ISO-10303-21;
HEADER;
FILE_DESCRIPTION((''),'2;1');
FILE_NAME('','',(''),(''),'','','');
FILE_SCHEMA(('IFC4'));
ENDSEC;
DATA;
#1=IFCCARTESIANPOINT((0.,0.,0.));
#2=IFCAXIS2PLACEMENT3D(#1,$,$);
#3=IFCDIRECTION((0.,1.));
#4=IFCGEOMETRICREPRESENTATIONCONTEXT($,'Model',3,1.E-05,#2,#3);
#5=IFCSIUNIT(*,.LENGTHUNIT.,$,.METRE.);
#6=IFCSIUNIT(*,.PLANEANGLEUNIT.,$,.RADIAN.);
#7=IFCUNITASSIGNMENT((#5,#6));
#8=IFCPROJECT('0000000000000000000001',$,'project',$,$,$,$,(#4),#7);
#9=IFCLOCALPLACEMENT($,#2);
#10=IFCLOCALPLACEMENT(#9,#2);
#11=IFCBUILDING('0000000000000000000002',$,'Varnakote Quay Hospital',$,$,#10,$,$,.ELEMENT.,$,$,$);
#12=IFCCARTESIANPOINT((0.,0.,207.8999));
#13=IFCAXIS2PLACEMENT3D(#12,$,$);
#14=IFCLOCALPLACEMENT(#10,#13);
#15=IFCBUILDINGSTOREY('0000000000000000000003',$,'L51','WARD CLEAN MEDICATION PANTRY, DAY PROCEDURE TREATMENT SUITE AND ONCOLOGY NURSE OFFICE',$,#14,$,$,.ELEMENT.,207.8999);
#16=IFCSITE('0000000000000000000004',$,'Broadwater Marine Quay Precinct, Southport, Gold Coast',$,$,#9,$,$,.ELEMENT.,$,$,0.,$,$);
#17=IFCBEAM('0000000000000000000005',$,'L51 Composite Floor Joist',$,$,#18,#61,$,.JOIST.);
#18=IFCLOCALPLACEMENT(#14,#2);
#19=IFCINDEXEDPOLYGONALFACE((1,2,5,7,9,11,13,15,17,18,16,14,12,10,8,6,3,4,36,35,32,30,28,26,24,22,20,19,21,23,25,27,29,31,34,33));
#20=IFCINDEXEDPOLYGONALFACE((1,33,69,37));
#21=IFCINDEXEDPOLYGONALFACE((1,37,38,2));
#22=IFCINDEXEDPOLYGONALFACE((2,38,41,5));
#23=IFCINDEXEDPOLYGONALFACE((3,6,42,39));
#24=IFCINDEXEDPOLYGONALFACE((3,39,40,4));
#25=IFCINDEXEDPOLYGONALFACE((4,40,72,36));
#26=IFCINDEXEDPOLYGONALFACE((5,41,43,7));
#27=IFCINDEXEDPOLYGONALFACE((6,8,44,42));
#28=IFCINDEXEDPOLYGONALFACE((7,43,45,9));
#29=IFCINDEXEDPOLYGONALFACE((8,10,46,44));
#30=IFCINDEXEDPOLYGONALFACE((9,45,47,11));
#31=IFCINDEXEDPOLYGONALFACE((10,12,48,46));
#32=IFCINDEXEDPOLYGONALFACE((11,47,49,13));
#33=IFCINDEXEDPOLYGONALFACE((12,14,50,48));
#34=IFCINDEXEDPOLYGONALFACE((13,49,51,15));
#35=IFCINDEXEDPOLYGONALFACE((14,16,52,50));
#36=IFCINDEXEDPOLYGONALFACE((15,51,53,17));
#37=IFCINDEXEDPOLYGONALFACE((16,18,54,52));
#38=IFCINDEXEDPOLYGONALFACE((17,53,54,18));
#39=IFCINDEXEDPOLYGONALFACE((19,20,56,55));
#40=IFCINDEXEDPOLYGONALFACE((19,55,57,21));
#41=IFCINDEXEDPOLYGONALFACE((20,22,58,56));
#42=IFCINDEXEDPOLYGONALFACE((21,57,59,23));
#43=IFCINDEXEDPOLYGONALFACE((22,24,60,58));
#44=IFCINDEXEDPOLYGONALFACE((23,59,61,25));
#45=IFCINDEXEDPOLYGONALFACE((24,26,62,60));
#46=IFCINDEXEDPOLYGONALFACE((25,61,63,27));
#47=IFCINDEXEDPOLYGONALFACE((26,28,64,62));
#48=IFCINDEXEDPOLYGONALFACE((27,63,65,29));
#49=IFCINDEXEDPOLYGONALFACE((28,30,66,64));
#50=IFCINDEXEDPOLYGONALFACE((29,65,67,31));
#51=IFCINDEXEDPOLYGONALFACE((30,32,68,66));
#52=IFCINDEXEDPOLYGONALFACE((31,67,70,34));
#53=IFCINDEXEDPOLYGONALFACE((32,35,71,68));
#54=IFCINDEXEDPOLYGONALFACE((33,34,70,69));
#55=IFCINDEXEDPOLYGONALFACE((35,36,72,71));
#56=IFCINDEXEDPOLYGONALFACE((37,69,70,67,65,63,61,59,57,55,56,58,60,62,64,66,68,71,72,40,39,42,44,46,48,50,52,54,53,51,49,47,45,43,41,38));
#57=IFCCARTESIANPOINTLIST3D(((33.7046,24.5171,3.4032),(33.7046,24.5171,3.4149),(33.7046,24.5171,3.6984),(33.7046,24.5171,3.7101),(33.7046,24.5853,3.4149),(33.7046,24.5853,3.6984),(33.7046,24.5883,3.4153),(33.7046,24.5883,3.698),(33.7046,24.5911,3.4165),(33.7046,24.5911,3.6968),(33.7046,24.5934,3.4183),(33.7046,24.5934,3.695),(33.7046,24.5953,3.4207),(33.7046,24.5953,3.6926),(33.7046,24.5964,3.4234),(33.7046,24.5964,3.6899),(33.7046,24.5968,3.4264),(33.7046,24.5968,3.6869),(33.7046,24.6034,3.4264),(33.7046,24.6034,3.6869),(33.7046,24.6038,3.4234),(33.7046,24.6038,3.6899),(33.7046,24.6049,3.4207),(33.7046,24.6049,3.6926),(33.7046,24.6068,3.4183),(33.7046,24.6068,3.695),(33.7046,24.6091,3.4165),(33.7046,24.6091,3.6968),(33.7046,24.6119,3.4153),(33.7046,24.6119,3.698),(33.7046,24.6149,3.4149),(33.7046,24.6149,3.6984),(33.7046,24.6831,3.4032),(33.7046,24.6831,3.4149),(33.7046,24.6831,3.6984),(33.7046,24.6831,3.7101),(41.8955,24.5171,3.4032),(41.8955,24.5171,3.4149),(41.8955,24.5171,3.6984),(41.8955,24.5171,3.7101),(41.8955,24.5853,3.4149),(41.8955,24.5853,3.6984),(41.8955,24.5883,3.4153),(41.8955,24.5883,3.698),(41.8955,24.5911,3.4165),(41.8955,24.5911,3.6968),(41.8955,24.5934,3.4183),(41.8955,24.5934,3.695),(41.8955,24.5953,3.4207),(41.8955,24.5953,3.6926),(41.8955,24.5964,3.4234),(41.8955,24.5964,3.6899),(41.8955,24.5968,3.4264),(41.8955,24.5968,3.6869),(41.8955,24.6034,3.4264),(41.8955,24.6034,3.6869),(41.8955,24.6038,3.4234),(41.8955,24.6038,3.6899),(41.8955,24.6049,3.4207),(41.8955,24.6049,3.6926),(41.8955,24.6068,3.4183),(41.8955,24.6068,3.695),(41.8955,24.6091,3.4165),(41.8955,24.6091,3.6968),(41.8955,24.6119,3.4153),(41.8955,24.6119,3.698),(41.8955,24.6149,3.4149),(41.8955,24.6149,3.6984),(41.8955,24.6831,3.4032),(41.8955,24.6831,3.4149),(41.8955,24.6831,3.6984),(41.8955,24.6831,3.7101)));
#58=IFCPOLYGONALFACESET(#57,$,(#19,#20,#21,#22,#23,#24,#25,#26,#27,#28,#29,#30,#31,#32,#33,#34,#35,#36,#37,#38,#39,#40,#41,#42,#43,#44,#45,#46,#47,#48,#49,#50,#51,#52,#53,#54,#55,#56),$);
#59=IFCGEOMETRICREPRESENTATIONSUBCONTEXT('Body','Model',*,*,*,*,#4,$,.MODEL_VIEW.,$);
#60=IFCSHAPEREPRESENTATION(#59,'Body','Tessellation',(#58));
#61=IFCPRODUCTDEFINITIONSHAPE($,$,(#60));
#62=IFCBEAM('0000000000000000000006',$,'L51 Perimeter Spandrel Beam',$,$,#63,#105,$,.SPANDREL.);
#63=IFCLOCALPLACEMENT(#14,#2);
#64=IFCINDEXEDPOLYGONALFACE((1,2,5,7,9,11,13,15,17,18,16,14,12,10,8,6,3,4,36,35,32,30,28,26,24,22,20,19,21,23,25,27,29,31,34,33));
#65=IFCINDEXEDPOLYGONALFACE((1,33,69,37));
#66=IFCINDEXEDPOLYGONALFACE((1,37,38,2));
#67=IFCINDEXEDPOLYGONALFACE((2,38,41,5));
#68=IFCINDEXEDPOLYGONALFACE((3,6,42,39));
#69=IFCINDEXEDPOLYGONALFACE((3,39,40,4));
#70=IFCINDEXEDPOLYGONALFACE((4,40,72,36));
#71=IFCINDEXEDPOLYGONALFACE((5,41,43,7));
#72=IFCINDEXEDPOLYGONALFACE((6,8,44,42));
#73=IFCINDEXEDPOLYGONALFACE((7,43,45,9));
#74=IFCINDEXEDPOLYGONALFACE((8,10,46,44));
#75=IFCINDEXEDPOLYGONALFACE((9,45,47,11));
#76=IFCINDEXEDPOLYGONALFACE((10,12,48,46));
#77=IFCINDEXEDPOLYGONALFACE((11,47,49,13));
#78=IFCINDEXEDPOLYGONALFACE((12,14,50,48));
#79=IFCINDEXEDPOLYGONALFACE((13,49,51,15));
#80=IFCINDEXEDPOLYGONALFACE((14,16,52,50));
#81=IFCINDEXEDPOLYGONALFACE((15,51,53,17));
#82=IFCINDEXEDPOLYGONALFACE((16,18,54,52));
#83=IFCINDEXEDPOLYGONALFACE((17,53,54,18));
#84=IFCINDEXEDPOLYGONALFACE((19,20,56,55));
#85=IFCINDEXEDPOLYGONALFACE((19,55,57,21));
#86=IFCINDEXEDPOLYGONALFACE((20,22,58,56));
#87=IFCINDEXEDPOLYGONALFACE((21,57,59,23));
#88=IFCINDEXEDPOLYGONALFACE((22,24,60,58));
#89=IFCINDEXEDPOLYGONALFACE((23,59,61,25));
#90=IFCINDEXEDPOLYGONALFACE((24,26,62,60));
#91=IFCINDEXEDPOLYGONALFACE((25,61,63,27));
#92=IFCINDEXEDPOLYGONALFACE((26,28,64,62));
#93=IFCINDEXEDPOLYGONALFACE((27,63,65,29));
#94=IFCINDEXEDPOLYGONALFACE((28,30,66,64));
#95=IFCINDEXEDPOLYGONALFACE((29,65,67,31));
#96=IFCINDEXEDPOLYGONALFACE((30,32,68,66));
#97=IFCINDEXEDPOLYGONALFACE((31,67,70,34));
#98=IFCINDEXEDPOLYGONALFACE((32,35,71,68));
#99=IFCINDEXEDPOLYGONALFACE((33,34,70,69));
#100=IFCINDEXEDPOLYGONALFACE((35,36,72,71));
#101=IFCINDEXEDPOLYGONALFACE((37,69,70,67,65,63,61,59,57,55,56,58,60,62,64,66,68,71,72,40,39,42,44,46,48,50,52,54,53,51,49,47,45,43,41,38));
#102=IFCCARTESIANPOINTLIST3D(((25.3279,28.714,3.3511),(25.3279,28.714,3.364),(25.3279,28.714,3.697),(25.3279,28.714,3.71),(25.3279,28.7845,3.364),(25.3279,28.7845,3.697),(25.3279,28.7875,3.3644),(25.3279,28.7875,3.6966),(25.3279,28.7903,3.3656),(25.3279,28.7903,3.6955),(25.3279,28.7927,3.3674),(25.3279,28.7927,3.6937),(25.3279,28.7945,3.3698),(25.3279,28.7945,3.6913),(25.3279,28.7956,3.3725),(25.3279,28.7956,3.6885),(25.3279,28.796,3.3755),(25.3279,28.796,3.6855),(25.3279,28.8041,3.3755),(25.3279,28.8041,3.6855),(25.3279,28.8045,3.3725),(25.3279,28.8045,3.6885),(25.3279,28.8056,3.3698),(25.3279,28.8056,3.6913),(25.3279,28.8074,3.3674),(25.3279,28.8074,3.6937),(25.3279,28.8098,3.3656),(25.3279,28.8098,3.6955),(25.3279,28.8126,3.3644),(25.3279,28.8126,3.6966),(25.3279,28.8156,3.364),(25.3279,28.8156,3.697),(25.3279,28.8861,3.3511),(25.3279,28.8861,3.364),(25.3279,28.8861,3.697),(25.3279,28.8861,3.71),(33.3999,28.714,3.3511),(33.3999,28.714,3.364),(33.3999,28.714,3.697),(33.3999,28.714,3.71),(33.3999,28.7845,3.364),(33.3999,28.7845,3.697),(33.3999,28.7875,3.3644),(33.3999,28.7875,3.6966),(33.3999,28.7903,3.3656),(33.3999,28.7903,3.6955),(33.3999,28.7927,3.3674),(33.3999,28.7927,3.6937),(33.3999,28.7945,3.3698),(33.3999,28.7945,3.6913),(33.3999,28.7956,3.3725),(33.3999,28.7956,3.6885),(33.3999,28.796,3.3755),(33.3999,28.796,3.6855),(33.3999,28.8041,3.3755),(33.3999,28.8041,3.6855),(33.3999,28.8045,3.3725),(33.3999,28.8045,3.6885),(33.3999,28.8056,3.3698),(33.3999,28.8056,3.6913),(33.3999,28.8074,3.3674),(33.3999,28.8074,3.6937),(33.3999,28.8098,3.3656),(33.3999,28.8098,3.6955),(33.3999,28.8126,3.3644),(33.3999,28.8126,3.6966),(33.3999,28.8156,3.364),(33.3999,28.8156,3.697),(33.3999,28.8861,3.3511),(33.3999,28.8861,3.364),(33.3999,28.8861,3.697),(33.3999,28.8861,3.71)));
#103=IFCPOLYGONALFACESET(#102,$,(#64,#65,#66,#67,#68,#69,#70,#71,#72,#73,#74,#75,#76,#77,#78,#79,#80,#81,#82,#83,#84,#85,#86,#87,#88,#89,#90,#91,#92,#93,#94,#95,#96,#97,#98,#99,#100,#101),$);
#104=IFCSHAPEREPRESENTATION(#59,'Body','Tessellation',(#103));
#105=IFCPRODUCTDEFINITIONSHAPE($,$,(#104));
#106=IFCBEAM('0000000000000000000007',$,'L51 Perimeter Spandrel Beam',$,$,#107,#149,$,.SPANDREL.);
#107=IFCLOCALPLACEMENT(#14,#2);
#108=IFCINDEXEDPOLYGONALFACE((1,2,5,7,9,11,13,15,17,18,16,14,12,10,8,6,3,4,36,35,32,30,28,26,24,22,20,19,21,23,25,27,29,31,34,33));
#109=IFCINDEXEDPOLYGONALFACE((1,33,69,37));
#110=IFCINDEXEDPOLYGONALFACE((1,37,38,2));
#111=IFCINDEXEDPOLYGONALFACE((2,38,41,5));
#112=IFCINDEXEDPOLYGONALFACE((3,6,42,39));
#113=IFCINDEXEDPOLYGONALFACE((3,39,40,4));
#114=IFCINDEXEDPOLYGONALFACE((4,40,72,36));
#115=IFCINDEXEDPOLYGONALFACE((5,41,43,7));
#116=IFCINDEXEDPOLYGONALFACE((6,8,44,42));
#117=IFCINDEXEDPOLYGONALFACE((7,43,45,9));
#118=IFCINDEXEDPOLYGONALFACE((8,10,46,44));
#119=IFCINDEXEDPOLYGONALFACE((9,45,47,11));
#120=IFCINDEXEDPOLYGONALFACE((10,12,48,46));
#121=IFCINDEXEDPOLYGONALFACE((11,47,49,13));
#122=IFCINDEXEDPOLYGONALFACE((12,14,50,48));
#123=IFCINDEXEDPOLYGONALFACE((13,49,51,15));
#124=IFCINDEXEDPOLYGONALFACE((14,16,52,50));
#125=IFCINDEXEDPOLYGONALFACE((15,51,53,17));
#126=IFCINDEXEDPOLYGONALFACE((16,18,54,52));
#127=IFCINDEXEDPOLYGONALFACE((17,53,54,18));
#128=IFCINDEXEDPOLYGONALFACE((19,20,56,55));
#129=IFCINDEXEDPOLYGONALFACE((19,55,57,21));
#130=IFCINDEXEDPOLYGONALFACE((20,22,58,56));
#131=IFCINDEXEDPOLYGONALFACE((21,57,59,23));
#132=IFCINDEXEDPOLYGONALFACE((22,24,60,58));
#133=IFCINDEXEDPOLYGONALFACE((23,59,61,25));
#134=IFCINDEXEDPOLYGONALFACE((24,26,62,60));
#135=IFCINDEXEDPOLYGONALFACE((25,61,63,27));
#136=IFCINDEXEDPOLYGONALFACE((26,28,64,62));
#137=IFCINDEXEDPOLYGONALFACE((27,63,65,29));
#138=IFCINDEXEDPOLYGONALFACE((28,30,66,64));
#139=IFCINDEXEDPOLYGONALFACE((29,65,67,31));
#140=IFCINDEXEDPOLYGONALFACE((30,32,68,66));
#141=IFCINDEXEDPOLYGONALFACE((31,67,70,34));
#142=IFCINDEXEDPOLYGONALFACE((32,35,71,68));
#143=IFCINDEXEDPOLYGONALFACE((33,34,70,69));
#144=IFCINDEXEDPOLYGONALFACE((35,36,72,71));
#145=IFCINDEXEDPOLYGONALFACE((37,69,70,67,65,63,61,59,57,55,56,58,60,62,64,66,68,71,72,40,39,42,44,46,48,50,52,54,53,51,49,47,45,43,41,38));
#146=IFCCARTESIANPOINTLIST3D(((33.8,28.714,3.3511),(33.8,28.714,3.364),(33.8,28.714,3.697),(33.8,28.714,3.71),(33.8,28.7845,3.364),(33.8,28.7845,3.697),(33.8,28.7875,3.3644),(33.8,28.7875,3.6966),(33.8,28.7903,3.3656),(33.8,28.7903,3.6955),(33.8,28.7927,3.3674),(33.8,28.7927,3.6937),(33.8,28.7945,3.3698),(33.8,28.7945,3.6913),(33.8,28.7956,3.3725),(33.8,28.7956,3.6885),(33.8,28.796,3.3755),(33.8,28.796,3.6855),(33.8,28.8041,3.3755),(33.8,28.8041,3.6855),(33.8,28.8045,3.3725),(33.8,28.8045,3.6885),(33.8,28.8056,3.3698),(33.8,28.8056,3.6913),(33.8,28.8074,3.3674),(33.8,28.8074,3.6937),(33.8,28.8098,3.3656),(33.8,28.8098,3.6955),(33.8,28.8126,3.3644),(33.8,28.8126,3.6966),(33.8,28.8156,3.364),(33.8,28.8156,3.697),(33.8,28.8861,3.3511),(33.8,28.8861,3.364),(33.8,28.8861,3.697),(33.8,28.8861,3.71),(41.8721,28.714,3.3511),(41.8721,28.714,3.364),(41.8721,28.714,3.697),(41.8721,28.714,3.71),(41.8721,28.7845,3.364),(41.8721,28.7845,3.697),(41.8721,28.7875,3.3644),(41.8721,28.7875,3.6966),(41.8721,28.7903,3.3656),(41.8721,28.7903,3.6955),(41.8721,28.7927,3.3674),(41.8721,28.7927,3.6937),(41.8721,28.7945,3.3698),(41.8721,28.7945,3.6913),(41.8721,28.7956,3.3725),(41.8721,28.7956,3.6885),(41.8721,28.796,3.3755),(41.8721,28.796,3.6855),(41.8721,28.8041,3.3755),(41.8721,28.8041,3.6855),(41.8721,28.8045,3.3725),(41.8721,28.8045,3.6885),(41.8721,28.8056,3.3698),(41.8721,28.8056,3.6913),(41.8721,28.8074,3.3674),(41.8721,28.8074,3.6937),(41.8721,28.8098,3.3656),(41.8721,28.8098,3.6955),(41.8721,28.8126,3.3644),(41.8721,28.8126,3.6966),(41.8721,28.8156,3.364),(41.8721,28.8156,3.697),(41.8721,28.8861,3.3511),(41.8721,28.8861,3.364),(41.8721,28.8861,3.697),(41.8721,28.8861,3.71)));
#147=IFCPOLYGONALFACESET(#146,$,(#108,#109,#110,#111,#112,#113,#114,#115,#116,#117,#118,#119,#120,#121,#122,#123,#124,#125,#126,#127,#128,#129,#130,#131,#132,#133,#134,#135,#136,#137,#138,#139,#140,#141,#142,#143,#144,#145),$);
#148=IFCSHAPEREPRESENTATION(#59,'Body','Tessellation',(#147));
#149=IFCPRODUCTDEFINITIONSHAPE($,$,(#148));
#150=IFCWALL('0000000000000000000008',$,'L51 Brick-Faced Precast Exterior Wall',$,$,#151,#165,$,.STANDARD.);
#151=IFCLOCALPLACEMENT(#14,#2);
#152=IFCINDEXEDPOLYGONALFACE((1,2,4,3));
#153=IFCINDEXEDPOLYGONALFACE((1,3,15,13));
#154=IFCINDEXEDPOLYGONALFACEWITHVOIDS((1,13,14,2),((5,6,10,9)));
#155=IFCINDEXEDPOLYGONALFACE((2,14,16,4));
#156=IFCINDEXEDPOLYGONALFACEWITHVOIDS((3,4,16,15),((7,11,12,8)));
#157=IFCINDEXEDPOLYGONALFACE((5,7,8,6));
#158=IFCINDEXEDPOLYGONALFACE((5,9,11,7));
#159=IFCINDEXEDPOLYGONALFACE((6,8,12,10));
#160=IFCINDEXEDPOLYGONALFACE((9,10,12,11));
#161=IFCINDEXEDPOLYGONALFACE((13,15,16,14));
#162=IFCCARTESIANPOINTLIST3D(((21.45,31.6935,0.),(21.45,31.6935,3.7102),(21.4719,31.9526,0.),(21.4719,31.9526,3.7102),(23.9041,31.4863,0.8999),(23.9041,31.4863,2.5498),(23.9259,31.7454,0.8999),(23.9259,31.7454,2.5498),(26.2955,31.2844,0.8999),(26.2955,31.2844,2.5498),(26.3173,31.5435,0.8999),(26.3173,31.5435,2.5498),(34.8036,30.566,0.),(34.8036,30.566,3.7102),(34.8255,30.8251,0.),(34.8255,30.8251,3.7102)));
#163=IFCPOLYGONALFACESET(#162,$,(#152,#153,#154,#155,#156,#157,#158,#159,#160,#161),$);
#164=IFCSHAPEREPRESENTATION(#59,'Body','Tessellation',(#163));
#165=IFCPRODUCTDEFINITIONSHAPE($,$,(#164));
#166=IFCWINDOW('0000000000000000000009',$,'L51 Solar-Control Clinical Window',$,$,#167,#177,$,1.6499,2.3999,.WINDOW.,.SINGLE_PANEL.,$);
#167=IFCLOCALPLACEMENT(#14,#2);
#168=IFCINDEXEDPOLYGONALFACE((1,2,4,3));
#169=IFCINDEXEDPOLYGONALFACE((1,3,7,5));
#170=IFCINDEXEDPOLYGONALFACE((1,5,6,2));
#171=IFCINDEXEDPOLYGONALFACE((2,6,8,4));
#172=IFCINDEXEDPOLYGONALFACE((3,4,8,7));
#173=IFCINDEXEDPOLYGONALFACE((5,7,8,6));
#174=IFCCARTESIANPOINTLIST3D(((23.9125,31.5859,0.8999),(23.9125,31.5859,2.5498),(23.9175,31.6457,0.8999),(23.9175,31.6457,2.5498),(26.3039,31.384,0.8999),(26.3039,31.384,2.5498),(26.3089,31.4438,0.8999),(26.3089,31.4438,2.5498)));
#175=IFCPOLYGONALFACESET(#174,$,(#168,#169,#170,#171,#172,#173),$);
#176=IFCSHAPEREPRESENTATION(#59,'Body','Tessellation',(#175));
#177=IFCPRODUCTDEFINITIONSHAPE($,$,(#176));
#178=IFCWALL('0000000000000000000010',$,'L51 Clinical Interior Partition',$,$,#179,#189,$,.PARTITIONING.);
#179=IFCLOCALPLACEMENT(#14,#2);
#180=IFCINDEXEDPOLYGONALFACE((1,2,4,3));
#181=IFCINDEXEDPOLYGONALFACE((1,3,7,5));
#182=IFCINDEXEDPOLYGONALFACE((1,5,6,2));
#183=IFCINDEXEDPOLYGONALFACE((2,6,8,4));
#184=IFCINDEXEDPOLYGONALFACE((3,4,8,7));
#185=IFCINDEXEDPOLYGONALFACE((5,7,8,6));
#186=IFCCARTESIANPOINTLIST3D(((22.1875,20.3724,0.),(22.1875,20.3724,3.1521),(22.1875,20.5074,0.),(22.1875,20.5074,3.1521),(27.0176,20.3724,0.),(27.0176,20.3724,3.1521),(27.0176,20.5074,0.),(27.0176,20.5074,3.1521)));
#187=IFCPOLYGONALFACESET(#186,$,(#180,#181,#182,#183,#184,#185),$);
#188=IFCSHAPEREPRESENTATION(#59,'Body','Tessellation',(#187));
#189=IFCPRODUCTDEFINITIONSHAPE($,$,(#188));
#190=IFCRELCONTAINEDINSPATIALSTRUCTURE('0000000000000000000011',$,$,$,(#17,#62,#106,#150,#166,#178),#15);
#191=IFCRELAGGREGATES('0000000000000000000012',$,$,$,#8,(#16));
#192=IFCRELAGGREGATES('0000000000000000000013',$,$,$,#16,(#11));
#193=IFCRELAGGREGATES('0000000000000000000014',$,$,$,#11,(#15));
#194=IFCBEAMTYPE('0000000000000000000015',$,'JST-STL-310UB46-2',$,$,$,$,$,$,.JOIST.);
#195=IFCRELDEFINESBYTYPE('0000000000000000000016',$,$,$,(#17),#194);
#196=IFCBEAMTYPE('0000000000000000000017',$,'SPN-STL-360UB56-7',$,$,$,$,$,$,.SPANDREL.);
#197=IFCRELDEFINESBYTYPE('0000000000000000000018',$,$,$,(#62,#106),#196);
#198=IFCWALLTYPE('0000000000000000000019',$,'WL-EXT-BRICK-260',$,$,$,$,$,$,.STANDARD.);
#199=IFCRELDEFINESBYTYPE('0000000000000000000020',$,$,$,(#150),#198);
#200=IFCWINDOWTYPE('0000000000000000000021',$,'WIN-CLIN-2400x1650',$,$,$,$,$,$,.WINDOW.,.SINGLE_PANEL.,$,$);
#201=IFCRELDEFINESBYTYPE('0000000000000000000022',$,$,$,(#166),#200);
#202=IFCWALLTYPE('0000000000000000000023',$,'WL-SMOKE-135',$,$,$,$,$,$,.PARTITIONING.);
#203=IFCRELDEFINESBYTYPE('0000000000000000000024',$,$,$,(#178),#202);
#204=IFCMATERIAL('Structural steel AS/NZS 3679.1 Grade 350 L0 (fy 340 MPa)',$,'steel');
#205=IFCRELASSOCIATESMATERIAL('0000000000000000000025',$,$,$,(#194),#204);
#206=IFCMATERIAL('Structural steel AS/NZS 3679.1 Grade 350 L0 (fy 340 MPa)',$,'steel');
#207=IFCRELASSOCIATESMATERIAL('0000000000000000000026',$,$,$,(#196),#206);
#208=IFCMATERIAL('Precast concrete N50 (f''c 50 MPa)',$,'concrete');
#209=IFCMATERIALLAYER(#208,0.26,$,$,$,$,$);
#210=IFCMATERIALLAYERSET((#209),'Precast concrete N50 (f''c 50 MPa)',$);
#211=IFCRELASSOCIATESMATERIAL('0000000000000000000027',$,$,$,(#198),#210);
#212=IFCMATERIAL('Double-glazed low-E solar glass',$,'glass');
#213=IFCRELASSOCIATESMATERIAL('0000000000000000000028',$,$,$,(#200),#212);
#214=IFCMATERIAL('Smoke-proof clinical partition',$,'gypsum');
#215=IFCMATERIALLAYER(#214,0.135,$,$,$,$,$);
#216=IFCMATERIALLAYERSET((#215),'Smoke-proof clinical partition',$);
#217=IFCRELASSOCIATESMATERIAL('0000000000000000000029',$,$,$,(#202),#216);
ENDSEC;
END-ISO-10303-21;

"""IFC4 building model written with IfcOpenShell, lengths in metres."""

from ifc_helpers import new_model, si_unit, direction, frame, frame_2d, origin, origin_2d, place, context, subcontext, project, spatial, rectangle, i_section, extrude, material, layer, layer_set, material_profile, profile_set, type_object, element, fill, save


model = new_model("IFC4")

# Units and contexts
model_context = context("Model", 3, precision=1e-05, world=origin(), true_north=direction((0.0, 1.0)))
body_context = subcontext(model_context, "Body", "Model", "MODEL_VIEW")
ifc_project = project(units=[si_unit("LENGTHUNIT", "METRE"), si_unit("PLANEANGLEUNIT", "RADIAN")], contexts=[model_context])

# Site, building, storey
site_placement = place(None, origin())
site = spatial("IfcSite", under=ifc_project, at=site_placement, Name="Broadwater Marine Quay Precinct, Southport, Gold Coast", CompositionType="ELEMENT", RefElevation=0.0)
building_placement = place(site_placement, origin())
building = spatial("IfcBuilding", under=site, at=building_placement, Name="Varnakote Quay Hospital", CompositionType="ELEMENT")
storey_placement = place(building_placement, frame((0.0, 0.0, 207.8999)))
storey = spatial("IfcBuildingStorey", under=building, at=storey_placement, Name="L51", Description="WARD CLEAN MEDICATION PANTRY, DAY PROCEDURE TREATMENT SUITE AND ONCOLOGY NURSE OFFICE", CompositionType="ELEMENT", Elevation=207.8999)

# Beams
ifc_material_1 = material(Name="Structural steel AS/NZS 3679.1 Grade 350 L0 (fy 340 MPa)", Category="steel")
ifc_material_profile_1 = material_profile(ifc_material_1, i_section(OverallWidth=0.166, OverallDepth=0.3069, WebThickness=0.0066, FlangeThickness=0.0117, FilletRadius=0.0115, at=origin_2d()), Name="310UB46.2")
ifc_profile_set_1 = profile_set([ifc_material_profile_1], Name="Structural steel AS/NZS 3679.1 Grade 350 L0 (fy 340 MPa)")
beam_type_1 = type_object("IfcBeamType", Name="JST-STL-310UB46-2", PredefinedType="JOIST", material=ifc_profile_set_1)
beam_1_placement = place(storey_placement, frame((33.7046, 24.6001, 3.5566), z_axis=(1.0, 0.0, 0.0), x_axis=(0.0, 1.0, 0.0)))
element("IfcBeam", 1, at=beam_1_placement, inside=storey, type_object=beam_type_1, Name="L51 Composite Floor Joist", PredefinedType="JOIST", context=body_context, shape_type="SweptSolid", body=[
    extrude(i_section(OverallWidth=0.166, OverallDepth=0.3069, WebThickness=0.0066, FlangeThickness=0.0117, FilletRadius=0.0115, at=origin_2d()), origin(), (0.0, 0.0, 1.0), 8.1909),
])
ifc_material_2 = material(Name="Structural steel AS/NZS 3679.1 Grade 350 L0 (fy 340 MPa)", Category="steel")
ifc_material_profile_2 = material_profile(ifc_material_2, i_section(OverallWidth=0.1721, OverallDepth=0.3589, WebThickness=0.0081, FlangeThickness=0.0129, FilletRadius=0.0115, at=origin_2d()), Name="360UB56.7")
ifc_profile_set_2 = profile_set([ifc_material_profile_2], Name="Structural steel AS/NZS 3679.1 Grade 350 L0 (fy 340 MPa)")
beam_type_2 = type_object("IfcBeamType", Name="SPN-STL-360UB56-7", PredefinedType="SPANDREL", material=ifc_profile_set_2)
for number, where, z_axis, x_axis, name in (
    (2, (25.3279, 28.8, 3.5305), (1.0, 0.0, 0.0), (0.0, 1.0, 0.0), "L51 Perimeter Spandrel Beam"),
    (3, (33.8, 28.8, 3.5305), (1.0, 0.0, 0.0), (0.0, 1.0, 0.0), "L51 Perimeter Spandrel Beam"),
):
    element("IfcBeam", number, at=place(storey_placement, frame(where, z_axis=z_axis, x_axis=x_axis)), inside=storey, type_object=beam_type_2, Name=name, PredefinedType="SPANDREL", context=body_context, shape_type="SweptSolid", body=[
        extrude(i_section(OverallWidth=0.1721, OverallDepth=0.3589, WebThickness=0.0081, FlangeThickness=0.0129, FilletRadius=0.0115, at=origin_2d()), origin(), (0.0, 0.0, 1.0), 8.072),
    ])

# Wall, opening, window
ifc_material_3 = material(Name="Precast concrete N50 (f'c 50 MPa)", Category="concrete")
ifc_layer_1 = layer(ifc_material_3, 0.26)
ifc_layer_set_1 = layer_set([ifc_layer_1], Name="Precast concrete N50 (f'c 50 MPa)")
wall_type_1 = type_object("IfcWallType", Name="WL-EXT-BRICK-260", PredefinedType="STANDARD", material=ifc_layer_set_1)
wall_1_placement = place(storey_placement, frame((34.8147, 30.6956, 0.0), z_axis=(0.0, 0.0, 1.0), x_axis=(-0.996455, 0.084131, 0.0)))
wall_1 = element("IfcWall", 4, at=wall_1_placement, inside=storey, type_object=wall_type_1, Name="L51 Brick-Faced Precast Exterior Wall", PredefinedType="STANDARD", context=body_context, shape_type="SweptSolid", body=[
    extrude(rectangle(XDim=13.4011, YDim=0.26, at=frame_2d((6.7007, 0.0))), origin(), (0.0, 0.0, 1.0), 3.7102),
])
opening_1_placement = place(wall_1_placement, frame((8.5386, 0.0, 0.8999)))
opening_1 = element("IfcOpeningElement", 5, at=opening_1_placement, cuts=wall_1, PredefinedType="OPENING", context=body_context, shape_type="SweptSolid", body=[
    extrude(rectangle(XDim=2.3999, YDim=1.6499, at=frame_2d((1.2, 0.825))), frame((0.0, 0.1399, 0.0), z_axis=(0.0, -1.0, 0.0), x_axis=(1.0, 0.0, 0.0)), (0.0, 0.0, 1.0), 0.28),
])
ifc_material_4 = material(Name="Double-glazed low-E solar glass", Category="glass")
window_type = type_object("IfcWindowType", Name="WIN-CLIN-2400x1650", PartitioningType="SINGLE_PANEL", PredefinedType="WINDOW", material=ifc_material_4)
window_placement = place(opening_1_placement, origin())
window = element("IfcWindow", 6, at=window_placement, inside=storey, type_object=window_type, Name="L51 Solar-Control Clinical Window", OverallHeight=1.6499, OverallWidth=2.3999, PartitioningType="SINGLE_PANEL", PredefinedType="WINDOW", context=body_context, shape_type="SweptSolid", body=[
    extrude(rectangle(XDim=2.3999, YDim=1.6499, at=frame_2d((1.2, 0.825))), frame((0.0, 0.03, 0.0), z_axis=(0.0, -1.0, 0.0), x_axis=(1.0, 0.0, 0.0)), (0.0, 0.0, 1.0), 0.0601),
])
fill(opening_1, window)

# Wall
ifc_material_5 = material(Name="Smoke-proof clinical partition", Category="gypsum")
ifc_layer_2 = layer(ifc_material_5, 0.135)
ifc_layer_set_2 = layer_set([ifc_layer_2], Name="Smoke-proof clinical partition")
wall_type_2 = type_object("IfcWallType", Name="WL-SMOKE-135", PredefinedType="PARTITIONING", material=ifc_layer_set_2)
wall_2_placement = place(storey_placement, frame((27.0176, 20.4399, 0.0), z_axis=(0.0, 0.0, 1.0), x_axis=(-1.0, 0.0, 0.0)))
element("IfcWall", 7, at=wall_2_placement, inside=storey, type_object=wall_type_2, Name="L51 Clinical Interior Partition", PredefinedType="PARTITIONING", context=body_context, shape_type="SweptSolid", body=[
    extrude(rectangle(XDim=4.8301, YDim=0.135, at=frame_2d((2.415, 0.0))), origin(), (0.0, 0.0, 1.0), 3.1521),
])

save(model, "model.ifc")
